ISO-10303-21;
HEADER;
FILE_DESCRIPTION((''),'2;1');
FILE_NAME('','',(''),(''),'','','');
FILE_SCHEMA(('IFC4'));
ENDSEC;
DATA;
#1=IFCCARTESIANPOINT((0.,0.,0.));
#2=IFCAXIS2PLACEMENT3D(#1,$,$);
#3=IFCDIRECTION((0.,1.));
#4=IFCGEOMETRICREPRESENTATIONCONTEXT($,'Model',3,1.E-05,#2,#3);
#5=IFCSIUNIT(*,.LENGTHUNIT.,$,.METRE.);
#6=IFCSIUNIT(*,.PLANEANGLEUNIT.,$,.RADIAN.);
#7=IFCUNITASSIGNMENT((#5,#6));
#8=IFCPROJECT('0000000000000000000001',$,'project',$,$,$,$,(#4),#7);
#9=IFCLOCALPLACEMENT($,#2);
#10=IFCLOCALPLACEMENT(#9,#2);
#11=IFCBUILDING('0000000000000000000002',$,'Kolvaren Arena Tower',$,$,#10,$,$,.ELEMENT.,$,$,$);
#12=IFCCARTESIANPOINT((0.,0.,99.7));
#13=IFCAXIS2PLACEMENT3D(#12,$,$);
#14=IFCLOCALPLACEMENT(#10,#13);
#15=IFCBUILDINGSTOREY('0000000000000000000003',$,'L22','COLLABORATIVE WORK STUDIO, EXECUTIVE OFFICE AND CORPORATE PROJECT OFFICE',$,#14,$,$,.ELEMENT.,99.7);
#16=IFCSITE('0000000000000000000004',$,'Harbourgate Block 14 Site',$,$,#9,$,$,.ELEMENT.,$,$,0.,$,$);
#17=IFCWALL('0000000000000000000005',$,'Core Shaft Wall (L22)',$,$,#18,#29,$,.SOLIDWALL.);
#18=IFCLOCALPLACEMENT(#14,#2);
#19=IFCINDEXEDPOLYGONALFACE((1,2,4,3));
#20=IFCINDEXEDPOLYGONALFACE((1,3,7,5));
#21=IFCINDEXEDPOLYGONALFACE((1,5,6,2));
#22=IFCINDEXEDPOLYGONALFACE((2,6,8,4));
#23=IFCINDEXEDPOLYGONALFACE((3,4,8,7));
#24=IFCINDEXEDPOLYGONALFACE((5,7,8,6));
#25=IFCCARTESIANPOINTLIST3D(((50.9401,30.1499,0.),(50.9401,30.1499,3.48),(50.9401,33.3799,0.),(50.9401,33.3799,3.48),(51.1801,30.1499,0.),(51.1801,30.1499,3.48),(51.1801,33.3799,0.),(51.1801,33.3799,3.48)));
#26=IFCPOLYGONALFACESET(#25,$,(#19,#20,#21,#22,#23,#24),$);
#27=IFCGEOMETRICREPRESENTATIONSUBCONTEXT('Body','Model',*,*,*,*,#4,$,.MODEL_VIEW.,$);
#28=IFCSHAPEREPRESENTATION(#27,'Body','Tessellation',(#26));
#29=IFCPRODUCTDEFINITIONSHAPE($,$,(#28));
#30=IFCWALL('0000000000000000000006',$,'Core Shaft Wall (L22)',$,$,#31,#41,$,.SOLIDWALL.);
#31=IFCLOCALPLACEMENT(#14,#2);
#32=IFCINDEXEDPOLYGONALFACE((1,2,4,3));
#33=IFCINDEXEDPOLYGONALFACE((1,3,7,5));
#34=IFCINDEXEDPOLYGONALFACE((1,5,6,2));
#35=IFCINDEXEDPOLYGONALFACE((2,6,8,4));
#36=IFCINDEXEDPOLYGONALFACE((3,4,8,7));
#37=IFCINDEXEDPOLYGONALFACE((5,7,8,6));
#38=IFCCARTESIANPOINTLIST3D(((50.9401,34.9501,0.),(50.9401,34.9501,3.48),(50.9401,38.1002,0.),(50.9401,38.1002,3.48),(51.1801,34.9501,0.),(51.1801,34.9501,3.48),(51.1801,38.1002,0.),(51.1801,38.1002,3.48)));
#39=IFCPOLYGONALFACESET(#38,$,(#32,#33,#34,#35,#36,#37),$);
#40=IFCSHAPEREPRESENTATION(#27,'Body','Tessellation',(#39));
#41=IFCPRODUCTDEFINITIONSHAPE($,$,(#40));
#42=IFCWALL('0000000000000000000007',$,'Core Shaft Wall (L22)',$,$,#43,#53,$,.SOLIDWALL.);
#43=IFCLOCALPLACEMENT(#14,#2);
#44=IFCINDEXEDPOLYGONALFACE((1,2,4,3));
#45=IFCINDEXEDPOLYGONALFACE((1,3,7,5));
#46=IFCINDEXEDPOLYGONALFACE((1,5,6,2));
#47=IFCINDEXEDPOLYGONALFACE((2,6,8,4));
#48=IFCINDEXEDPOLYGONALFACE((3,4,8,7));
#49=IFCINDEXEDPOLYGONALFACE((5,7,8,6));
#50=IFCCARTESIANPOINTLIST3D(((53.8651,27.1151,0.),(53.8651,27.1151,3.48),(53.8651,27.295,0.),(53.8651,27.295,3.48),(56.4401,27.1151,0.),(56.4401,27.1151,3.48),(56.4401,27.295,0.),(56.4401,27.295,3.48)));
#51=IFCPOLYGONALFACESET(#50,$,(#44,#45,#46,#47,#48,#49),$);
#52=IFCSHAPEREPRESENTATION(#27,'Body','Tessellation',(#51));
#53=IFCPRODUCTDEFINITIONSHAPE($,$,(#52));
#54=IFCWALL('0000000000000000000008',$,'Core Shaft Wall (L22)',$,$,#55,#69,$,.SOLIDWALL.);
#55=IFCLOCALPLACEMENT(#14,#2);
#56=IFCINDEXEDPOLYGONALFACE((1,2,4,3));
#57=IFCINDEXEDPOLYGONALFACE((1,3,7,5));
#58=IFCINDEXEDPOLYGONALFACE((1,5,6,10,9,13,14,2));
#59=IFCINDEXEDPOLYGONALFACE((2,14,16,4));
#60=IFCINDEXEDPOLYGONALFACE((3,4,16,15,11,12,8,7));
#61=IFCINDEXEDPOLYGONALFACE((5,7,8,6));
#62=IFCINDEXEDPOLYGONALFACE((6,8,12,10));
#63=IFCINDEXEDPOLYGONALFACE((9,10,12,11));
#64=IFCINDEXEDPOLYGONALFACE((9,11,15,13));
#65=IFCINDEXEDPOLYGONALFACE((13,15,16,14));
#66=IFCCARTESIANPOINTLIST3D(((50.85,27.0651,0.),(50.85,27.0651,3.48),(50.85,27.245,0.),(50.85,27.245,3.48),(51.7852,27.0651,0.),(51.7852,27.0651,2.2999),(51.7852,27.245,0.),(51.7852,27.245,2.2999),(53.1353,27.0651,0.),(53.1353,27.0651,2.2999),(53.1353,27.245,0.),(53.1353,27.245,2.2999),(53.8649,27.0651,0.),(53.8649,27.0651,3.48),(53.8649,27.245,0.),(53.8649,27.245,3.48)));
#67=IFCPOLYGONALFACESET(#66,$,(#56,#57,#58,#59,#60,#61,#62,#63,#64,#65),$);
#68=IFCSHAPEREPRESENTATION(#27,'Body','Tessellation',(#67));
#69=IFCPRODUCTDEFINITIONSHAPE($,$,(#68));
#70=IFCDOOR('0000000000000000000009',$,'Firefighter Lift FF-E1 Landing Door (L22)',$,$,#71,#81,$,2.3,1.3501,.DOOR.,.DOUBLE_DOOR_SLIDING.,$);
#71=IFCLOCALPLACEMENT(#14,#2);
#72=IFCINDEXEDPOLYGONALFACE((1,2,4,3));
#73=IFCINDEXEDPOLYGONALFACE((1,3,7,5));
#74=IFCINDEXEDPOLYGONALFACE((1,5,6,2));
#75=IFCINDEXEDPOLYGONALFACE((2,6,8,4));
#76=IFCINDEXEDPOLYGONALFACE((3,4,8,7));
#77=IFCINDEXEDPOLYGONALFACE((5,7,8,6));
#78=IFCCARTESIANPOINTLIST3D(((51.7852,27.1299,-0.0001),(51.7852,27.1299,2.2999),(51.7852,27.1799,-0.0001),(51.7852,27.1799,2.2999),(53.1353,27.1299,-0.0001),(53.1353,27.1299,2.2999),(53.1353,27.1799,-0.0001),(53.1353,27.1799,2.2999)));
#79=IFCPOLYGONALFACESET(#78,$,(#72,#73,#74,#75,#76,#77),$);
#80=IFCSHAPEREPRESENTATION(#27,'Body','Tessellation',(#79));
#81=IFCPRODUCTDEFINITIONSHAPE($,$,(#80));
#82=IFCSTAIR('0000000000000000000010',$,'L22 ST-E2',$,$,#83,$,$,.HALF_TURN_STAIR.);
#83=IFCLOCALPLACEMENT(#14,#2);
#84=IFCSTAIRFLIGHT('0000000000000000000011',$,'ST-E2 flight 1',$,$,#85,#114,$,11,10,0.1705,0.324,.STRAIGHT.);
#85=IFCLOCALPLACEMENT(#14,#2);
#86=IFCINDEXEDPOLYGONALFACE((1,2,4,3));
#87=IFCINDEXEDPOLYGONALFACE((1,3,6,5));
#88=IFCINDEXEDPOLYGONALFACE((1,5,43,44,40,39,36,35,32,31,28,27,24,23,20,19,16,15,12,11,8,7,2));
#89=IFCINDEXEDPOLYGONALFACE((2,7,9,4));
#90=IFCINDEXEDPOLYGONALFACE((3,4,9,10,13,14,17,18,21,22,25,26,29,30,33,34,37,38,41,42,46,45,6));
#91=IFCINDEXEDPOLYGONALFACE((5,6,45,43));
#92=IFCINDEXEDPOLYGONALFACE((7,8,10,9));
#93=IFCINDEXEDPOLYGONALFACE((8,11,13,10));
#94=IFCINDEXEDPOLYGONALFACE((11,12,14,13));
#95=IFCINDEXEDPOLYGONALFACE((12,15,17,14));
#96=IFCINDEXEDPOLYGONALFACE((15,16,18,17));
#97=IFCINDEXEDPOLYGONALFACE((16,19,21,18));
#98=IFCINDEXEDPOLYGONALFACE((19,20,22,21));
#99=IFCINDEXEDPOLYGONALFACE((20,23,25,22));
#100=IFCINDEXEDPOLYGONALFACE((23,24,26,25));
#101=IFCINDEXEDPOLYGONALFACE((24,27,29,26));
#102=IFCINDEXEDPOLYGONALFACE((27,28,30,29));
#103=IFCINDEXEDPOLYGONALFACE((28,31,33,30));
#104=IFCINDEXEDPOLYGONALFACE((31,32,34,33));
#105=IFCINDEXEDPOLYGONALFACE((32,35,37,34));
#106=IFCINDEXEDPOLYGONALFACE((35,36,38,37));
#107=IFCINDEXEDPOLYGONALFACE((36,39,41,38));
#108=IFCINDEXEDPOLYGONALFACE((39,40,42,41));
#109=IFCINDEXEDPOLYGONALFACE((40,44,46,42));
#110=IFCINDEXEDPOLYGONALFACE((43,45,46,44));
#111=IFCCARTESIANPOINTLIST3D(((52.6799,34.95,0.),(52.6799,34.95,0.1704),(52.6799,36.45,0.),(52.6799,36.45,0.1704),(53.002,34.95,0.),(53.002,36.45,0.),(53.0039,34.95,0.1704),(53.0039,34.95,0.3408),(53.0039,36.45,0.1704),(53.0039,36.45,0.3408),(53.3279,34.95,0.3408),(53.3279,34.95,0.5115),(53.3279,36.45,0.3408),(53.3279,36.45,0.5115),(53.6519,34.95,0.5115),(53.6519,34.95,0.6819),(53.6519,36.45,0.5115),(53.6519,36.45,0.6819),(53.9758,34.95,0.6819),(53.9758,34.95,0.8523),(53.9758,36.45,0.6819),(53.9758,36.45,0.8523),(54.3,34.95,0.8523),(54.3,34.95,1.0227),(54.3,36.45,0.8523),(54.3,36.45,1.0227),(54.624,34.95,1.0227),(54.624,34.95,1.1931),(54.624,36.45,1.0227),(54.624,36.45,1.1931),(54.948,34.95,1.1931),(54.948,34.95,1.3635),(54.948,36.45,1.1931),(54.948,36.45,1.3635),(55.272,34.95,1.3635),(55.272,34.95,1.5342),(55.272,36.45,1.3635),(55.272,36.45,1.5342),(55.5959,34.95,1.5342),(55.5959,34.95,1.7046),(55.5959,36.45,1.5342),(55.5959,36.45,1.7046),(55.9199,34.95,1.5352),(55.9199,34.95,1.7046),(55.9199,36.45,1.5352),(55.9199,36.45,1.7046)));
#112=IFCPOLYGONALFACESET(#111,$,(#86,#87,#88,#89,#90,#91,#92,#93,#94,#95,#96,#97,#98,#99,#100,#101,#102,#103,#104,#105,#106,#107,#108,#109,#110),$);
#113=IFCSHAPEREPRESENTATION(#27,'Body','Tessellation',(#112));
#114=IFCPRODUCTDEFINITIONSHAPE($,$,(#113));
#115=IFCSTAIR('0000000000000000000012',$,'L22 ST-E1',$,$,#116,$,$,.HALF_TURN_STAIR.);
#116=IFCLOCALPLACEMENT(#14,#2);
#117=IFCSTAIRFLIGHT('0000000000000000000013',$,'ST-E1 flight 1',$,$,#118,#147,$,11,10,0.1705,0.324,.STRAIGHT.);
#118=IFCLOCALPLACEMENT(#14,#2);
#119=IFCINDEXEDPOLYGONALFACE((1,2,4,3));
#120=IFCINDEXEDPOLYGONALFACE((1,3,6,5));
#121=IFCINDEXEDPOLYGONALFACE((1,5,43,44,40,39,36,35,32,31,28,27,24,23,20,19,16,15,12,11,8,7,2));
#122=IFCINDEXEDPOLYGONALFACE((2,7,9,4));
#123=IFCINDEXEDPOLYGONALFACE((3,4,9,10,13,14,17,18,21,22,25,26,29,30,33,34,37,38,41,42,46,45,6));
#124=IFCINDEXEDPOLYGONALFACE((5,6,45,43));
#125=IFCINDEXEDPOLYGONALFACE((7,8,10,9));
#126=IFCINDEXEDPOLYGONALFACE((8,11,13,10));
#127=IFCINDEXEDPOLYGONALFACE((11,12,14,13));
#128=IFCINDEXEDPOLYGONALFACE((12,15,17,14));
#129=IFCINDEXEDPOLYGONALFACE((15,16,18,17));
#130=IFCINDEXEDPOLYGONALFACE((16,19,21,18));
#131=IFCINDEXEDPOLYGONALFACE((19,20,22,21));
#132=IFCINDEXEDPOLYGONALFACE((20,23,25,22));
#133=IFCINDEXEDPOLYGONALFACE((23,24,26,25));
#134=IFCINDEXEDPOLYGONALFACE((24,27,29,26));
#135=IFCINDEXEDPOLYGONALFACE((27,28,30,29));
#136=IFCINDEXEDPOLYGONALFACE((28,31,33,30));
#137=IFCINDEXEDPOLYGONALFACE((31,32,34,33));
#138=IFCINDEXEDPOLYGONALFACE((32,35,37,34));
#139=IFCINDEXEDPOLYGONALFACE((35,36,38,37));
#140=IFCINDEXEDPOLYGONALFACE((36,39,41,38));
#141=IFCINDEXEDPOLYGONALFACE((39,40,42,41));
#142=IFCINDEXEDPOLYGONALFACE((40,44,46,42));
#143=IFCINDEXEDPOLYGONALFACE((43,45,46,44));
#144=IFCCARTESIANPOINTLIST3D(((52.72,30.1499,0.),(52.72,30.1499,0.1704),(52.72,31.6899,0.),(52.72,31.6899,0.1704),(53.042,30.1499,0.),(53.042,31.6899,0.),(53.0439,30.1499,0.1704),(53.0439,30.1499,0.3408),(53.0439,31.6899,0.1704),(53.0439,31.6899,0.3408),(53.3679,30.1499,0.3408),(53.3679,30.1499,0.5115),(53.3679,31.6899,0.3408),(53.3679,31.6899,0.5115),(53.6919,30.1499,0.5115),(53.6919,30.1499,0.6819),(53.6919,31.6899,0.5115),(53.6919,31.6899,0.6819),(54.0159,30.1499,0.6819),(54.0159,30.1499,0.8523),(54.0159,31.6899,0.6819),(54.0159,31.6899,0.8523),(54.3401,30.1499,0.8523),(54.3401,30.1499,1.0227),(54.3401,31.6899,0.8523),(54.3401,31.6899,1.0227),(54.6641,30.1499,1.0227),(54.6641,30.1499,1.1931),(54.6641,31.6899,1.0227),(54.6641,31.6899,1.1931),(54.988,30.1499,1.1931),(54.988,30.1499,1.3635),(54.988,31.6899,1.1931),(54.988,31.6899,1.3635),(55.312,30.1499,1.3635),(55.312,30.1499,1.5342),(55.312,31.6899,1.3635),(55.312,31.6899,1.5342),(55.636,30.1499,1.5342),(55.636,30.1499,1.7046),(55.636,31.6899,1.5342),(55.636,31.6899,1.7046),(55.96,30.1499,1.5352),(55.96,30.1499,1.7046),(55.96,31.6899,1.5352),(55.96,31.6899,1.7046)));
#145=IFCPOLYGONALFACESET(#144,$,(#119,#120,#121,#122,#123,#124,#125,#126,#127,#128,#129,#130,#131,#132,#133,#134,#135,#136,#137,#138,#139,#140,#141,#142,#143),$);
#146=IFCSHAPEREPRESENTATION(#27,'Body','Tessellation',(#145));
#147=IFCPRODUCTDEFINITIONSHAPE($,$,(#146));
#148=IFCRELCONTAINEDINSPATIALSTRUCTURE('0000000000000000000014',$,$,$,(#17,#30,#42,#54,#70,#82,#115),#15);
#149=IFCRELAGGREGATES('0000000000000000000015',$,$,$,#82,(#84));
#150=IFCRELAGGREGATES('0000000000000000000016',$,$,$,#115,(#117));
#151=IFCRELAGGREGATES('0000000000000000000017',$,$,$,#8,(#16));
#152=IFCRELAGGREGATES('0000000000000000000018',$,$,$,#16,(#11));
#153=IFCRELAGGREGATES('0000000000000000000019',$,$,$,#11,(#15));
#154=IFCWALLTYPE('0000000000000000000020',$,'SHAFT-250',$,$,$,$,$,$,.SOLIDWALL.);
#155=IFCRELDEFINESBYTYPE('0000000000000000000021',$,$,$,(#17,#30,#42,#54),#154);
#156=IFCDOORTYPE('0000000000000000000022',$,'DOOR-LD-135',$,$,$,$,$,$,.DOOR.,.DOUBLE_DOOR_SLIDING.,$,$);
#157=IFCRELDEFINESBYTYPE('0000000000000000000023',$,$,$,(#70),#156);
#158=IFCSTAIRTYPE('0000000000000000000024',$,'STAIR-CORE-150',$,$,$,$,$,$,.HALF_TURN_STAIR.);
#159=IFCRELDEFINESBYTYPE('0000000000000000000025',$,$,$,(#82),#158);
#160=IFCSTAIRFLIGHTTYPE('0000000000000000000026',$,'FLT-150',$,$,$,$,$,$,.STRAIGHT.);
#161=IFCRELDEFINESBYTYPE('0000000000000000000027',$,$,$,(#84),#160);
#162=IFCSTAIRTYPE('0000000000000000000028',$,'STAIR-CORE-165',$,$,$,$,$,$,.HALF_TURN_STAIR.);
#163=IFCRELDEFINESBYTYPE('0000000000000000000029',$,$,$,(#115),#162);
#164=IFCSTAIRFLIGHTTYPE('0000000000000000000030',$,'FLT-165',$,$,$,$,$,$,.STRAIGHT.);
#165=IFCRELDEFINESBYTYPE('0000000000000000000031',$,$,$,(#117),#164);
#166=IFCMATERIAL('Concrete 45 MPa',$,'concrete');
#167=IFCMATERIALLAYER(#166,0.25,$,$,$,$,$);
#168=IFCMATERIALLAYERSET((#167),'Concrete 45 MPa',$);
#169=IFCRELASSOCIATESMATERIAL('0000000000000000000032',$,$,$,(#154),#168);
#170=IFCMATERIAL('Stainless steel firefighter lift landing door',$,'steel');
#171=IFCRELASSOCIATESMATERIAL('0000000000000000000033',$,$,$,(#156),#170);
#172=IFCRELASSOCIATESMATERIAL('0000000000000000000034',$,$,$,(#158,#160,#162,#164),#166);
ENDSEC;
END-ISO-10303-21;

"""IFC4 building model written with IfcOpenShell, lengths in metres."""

from ifc_helpers import new_model, si_unit, direction, frame, frame_2d, origin, place, context, subcontext, project, spatial, polyline, rectangle, outline, extrude, material, layer, layer_set, type_object, element, fill, aggregate, save


model = new_model("IFC4")

# Units and contexts
model_context = context("Model", 3, precision=1e-05, world=origin(), true_north=direction((0.0, 1.0)))
body_context = subcontext(model_context, "Body", "Model", "MODEL_VIEW")
ifc_project = project(units=[si_unit("LENGTHUNIT", "METRE"), si_unit("PLANEANGLEUNIT", "RADIAN")], contexts=[model_context])

# Site, building, storey
site_placement = place(None, origin())
site = spatial("IfcSite", under=ifc_project, at=site_placement, Name="Harbourgate Block 14 Site", CompositionType="ELEMENT", RefElevation=0.0)
building_placement = place(site_placement, origin())
building = spatial("IfcBuilding", under=site, at=building_placement, Name="Kolvaren Arena Tower", CompositionType="ELEMENT")
storey_placement = place(building_placement, frame((0.0, 0.0, 99.7)))
storey = spatial("IfcBuildingStorey", under=building, at=storey_placement, Name="L22", Description="COLLABORATIVE WORK STUDIO, EXECUTIVE OFFICE AND CORPORATE PROJECT OFFICE", CompositionType="ELEMENT", Elevation=99.7)

# Walls
ifc_material_1 = material(Name="Concrete 45 MPa", Category="concrete")
ifc_layer_1 = layer(ifc_material_1, 0.25)
ifc_layer_set_1 = layer_set([ifc_layer_1], Name="Concrete 45 MPa")
wall_type_1 = type_object("IfcWallType", Name="SHAFT-250", PredefinedType="SOLIDWALL", material=ifc_layer_set_1)
wall_1_placement = place(storey_placement, frame((51.0601, 30.1499, 0.0), z_axis=(0.0, 0.0, 1.0), x_axis=(0.0, 1.0, 0.0)))
element("IfcWall", 1, at=wall_1_placement, inside=storey, type_object=wall_type_1, Name="Core Shaft Wall (L22)", PredefinedType="SOLIDWALL", context=body_context, shape_type="SweptSolid", body=[
    extrude(rectangle(XDim=3.23, YDim=0.24, at=frame_2d((1.615, 0.0))), origin(), (0.0, 0.0, 1.0), 3.48),
])
wall_2_placement = place(storey_placement, frame((51.0601, 34.95, 0.0), z_axis=(0.0, 0.0, 1.0), x_axis=(0.0, 1.0, 0.0)))
element("IfcWall", 2, at=wall_2_placement, inside=storey, type_object=wall_type_1, Name="Core Shaft Wall (L22)", PredefinedType="SOLIDWALL", context=body_context, shape_type="SweptSolid", body=[
    extrude(rectangle(XDim=3.1501, YDim=0.24, at=frame_2d((1.5752, 0.0))), origin(), (0.0, 0.0, 1.0), 3.48),
])
wall_3_placement = place(storey_placement, frame((53.865, 27.2051, 0.0), z_axis=(0.0, 0.0, 1.0), x_axis=(1.0, 0.0, 0.0)))
element("IfcWall", 3, at=wall_3_placement, inside=storey, type_object=wall_type_1, Name="Core Shaft Wall (L22)", PredefinedType="SOLIDWALL", context=body_context, shape_type="SweptSolid", body=[
    extrude(rectangle(XDim=2.575, YDim=0.1799, at=frame_2d((1.2876, 0.0))), origin(), (0.0, 0.0, 1.0), 3.48),
])

# Wall, opening, door
wall_4_placement = place(storey_placement, frame((50.8501, 27.155, 0.0), z_axis=(0.0, 0.0, 1.0), x_axis=(1.0, 0.0, 0.0)))
wall_4 = element("IfcWall", 4, at=wall_4_placement, inside=storey, type_object=wall_type_1, Name="Core Shaft Wall (L22)", PredefinedType="SOLIDWALL", context=body_context, shape_type="SweptSolid", body=[
    extrude(rectangle(XDim=3.0149, YDim=0.1799, at=frame_2d((1.5073, 0.0))), origin(), (0.0, 0.0, 1.0), 3.48),
])
opening_placement = place(wall_4_placement, frame((0.9351, 0.0, 0.0)))
opening = element("IfcOpeningElement", 5, at=opening_placement, cuts=wall_4, PredefinedType="OPENING", context=body_context, shape_type="SweptSolid", body=[
    extrude(rectangle(XDim=1.3501, YDim=2.3, at=frame_2d((0.675, 1.1499))), frame((0.0, 0.0999, 0.0), z_axis=(0.0, -1.0, 0.0), x_axis=(1.0, 0.0, 0.0)), (0.0, 0.0, 1.0), 0.2),
])
ifc_material_2 = material(Name="Stainless steel firefighter lift landing door", Category="steel")
door_type = type_object("IfcDoorType", Name="DOOR-LD-135", OperationType="DOUBLE_DOOR_SLIDING", PredefinedType="DOOR", material=ifc_material_2)
door_placement = place(opening_placement, origin())
door = element("IfcDoor", 6, at=door_placement, inside=storey, type_object=door_type, Name="Firefighter Lift FF-E1 Landing Door (L22)", OperationType="DOUBLE_DOOR_SLIDING", OverallHeight=2.3, OverallWidth=1.3501, PredefinedType="DOOR", context=body_context, shape_type="SweptSolid", body=[
    extrude(rectangle(XDim=1.3501, YDim=2.3, at=frame_2d((0.675, 1.1499))), frame((0.0, 0.0249, 0.0), z_axis=(0.0, -1.0, 0.0), x_axis=(1.0, 0.0, 0.0)), (0.0, 0.0, 1.0), 0.05),
])
fill(opening, door)

# Stairs, stair flights
stair_type_1 = type_object("IfcStairType", Name="STAIR-CORE-150", PredefinedType="HALF_TURN_STAIR", material=ifc_material_1)
stair_1_placement = place(storey_placement, origin())
stair_1 = element("IfcStair", 7, at=stair_1_placement, inside=storey, type_object=stair_type_1, Name="L22 ST-E2", PredefinedType="HALF_TURN_STAIR")
stair_flight_type_1 = type_object("IfcStairFlightType", Name="FLT-150", PredefinedType="STRAIGHT", material=ifc_material_1)
stair_flight_1_placement = place(storey_placement, frame((52.6799, 35.7, 0.0), z_axis=(0.0, 0.0, 1.0), x_axis=(1.0, 0.0, 0.0)))
stair_flight_1 = element("IfcStairFlight", 8, at=stair_flight_1_placement, type_object=stair_flight_type_1, Name="ST-E2 flight 1", NumberOfRisers=11, NumberOfTreads=10, PredefinedType="STRAIGHT", RiserHeight=0.1705, TreadLength=0.324, context=body_context, shape_type="SweptSolid", body=[
    extrude(outline(polyline([(0.0, 0.0), (0.0, 0.1704), (0.324, 0.1704), (0.324, 0.3408), (0.6479, 0.3408), (0.6479, 0.5115), (0.9719, 0.5115), (0.9719, 0.6819), (1.2959, 0.6819), (1.2959, 0.8523), (1.6201, 0.8523), (1.6201, 1.0227), (1.9441, 1.0227), (1.9441, 1.1931), (2.2681, 1.1931), (2.2681, 1.3635), (2.592, 1.3635), (2.592, 1.5342), (2.916, 1.5342), (2.916, 1.7046), (3.24, 1.7046), (3.24, 1.875), (3.24, 1.5352), (0.322, 0.0), (0.0, 0.0)])), frame((0.0, 0.75, 0.0), z_axis=(0.0, -1.0, 0.0), x_axis=(1.0, 0.0, 0.0)), (0.0, 0.0, 1.0), 1.5),
])
aggregate(stair_1, [stair_flight_1])
stair_type_2 = type_object("IfcStairType", Name="STAIR-CORE-165", PredefinedType="HALF_TURN_STAIR", material=ifc_material_1)
stair_2_placement = place(storey_placement, origin())
stair_2 = element("IfcStair", 9, at=stair_2_placement, inside=storey, type_object=stair_type_2, Name="L22 ST-E1", PredefinedType="HALF_TURN_STAIR")
stair_flight_type_2 = type_object("IfcStairFlightType", Name="FLT-165", PredefinedType="STRAIGHT", material=ifc_material_1)
stair_flight_2_placement = place(storey_placement, frame((52.72, 30.9199, 0.0), z_axis=(0.0, 0.0, 1.0), x_axis=(1.0, 0.0, 0.0)))
stair_flight_2 = element("IfcStairFlight", 10, at=stair_flight_2_placement, type_object=stair_flight_type_2, Name="ST-E1 flight 1", NumberOfRisers=11, NumberOfTreads=10, PredefinedType="STRAIGHT", RiserHeight=0.1705, TreadLength=0.324, context=body_context, shape_type="SweptSolid", body=[
    extrude(outline(polyline([(0.0, 0.0), (0.0, 0.1704), (0.324, 0.1704), (0.324, 0.3408), (0.6479, 0.3408), (0.6479, 0.5115), (0.9719, 0.5115), (0.9719, 0.6819), (1.2959, 0.6819), (1.2959, 0.8523), (1.6201, 0.8523), (1.6201, 1.0227), (1.9441, 1.0227), (1.9441, 1.1931), (2.2681, 1.1931), (2.2681, 1.3635), (2.592, 1.3635), (2.592, 1.5342), (2.916, 1.5342), (2.916, 1.7046), (3.24, 1.7046), (3.24, 1.875), (3.24, 1.5352), (0.322, 0.0), (0.0, 0.0)])), frame((0.0, 0.77, 0.0), z_axis=(0.0, -1.0, 0.0), x_axis=(1.0, 0.0, 0.0)), (0.0, 0.0, 1.0), 1.54),
])
aggregate(stair_2, [stair_flight_2])

save(model, "model.ifc")
